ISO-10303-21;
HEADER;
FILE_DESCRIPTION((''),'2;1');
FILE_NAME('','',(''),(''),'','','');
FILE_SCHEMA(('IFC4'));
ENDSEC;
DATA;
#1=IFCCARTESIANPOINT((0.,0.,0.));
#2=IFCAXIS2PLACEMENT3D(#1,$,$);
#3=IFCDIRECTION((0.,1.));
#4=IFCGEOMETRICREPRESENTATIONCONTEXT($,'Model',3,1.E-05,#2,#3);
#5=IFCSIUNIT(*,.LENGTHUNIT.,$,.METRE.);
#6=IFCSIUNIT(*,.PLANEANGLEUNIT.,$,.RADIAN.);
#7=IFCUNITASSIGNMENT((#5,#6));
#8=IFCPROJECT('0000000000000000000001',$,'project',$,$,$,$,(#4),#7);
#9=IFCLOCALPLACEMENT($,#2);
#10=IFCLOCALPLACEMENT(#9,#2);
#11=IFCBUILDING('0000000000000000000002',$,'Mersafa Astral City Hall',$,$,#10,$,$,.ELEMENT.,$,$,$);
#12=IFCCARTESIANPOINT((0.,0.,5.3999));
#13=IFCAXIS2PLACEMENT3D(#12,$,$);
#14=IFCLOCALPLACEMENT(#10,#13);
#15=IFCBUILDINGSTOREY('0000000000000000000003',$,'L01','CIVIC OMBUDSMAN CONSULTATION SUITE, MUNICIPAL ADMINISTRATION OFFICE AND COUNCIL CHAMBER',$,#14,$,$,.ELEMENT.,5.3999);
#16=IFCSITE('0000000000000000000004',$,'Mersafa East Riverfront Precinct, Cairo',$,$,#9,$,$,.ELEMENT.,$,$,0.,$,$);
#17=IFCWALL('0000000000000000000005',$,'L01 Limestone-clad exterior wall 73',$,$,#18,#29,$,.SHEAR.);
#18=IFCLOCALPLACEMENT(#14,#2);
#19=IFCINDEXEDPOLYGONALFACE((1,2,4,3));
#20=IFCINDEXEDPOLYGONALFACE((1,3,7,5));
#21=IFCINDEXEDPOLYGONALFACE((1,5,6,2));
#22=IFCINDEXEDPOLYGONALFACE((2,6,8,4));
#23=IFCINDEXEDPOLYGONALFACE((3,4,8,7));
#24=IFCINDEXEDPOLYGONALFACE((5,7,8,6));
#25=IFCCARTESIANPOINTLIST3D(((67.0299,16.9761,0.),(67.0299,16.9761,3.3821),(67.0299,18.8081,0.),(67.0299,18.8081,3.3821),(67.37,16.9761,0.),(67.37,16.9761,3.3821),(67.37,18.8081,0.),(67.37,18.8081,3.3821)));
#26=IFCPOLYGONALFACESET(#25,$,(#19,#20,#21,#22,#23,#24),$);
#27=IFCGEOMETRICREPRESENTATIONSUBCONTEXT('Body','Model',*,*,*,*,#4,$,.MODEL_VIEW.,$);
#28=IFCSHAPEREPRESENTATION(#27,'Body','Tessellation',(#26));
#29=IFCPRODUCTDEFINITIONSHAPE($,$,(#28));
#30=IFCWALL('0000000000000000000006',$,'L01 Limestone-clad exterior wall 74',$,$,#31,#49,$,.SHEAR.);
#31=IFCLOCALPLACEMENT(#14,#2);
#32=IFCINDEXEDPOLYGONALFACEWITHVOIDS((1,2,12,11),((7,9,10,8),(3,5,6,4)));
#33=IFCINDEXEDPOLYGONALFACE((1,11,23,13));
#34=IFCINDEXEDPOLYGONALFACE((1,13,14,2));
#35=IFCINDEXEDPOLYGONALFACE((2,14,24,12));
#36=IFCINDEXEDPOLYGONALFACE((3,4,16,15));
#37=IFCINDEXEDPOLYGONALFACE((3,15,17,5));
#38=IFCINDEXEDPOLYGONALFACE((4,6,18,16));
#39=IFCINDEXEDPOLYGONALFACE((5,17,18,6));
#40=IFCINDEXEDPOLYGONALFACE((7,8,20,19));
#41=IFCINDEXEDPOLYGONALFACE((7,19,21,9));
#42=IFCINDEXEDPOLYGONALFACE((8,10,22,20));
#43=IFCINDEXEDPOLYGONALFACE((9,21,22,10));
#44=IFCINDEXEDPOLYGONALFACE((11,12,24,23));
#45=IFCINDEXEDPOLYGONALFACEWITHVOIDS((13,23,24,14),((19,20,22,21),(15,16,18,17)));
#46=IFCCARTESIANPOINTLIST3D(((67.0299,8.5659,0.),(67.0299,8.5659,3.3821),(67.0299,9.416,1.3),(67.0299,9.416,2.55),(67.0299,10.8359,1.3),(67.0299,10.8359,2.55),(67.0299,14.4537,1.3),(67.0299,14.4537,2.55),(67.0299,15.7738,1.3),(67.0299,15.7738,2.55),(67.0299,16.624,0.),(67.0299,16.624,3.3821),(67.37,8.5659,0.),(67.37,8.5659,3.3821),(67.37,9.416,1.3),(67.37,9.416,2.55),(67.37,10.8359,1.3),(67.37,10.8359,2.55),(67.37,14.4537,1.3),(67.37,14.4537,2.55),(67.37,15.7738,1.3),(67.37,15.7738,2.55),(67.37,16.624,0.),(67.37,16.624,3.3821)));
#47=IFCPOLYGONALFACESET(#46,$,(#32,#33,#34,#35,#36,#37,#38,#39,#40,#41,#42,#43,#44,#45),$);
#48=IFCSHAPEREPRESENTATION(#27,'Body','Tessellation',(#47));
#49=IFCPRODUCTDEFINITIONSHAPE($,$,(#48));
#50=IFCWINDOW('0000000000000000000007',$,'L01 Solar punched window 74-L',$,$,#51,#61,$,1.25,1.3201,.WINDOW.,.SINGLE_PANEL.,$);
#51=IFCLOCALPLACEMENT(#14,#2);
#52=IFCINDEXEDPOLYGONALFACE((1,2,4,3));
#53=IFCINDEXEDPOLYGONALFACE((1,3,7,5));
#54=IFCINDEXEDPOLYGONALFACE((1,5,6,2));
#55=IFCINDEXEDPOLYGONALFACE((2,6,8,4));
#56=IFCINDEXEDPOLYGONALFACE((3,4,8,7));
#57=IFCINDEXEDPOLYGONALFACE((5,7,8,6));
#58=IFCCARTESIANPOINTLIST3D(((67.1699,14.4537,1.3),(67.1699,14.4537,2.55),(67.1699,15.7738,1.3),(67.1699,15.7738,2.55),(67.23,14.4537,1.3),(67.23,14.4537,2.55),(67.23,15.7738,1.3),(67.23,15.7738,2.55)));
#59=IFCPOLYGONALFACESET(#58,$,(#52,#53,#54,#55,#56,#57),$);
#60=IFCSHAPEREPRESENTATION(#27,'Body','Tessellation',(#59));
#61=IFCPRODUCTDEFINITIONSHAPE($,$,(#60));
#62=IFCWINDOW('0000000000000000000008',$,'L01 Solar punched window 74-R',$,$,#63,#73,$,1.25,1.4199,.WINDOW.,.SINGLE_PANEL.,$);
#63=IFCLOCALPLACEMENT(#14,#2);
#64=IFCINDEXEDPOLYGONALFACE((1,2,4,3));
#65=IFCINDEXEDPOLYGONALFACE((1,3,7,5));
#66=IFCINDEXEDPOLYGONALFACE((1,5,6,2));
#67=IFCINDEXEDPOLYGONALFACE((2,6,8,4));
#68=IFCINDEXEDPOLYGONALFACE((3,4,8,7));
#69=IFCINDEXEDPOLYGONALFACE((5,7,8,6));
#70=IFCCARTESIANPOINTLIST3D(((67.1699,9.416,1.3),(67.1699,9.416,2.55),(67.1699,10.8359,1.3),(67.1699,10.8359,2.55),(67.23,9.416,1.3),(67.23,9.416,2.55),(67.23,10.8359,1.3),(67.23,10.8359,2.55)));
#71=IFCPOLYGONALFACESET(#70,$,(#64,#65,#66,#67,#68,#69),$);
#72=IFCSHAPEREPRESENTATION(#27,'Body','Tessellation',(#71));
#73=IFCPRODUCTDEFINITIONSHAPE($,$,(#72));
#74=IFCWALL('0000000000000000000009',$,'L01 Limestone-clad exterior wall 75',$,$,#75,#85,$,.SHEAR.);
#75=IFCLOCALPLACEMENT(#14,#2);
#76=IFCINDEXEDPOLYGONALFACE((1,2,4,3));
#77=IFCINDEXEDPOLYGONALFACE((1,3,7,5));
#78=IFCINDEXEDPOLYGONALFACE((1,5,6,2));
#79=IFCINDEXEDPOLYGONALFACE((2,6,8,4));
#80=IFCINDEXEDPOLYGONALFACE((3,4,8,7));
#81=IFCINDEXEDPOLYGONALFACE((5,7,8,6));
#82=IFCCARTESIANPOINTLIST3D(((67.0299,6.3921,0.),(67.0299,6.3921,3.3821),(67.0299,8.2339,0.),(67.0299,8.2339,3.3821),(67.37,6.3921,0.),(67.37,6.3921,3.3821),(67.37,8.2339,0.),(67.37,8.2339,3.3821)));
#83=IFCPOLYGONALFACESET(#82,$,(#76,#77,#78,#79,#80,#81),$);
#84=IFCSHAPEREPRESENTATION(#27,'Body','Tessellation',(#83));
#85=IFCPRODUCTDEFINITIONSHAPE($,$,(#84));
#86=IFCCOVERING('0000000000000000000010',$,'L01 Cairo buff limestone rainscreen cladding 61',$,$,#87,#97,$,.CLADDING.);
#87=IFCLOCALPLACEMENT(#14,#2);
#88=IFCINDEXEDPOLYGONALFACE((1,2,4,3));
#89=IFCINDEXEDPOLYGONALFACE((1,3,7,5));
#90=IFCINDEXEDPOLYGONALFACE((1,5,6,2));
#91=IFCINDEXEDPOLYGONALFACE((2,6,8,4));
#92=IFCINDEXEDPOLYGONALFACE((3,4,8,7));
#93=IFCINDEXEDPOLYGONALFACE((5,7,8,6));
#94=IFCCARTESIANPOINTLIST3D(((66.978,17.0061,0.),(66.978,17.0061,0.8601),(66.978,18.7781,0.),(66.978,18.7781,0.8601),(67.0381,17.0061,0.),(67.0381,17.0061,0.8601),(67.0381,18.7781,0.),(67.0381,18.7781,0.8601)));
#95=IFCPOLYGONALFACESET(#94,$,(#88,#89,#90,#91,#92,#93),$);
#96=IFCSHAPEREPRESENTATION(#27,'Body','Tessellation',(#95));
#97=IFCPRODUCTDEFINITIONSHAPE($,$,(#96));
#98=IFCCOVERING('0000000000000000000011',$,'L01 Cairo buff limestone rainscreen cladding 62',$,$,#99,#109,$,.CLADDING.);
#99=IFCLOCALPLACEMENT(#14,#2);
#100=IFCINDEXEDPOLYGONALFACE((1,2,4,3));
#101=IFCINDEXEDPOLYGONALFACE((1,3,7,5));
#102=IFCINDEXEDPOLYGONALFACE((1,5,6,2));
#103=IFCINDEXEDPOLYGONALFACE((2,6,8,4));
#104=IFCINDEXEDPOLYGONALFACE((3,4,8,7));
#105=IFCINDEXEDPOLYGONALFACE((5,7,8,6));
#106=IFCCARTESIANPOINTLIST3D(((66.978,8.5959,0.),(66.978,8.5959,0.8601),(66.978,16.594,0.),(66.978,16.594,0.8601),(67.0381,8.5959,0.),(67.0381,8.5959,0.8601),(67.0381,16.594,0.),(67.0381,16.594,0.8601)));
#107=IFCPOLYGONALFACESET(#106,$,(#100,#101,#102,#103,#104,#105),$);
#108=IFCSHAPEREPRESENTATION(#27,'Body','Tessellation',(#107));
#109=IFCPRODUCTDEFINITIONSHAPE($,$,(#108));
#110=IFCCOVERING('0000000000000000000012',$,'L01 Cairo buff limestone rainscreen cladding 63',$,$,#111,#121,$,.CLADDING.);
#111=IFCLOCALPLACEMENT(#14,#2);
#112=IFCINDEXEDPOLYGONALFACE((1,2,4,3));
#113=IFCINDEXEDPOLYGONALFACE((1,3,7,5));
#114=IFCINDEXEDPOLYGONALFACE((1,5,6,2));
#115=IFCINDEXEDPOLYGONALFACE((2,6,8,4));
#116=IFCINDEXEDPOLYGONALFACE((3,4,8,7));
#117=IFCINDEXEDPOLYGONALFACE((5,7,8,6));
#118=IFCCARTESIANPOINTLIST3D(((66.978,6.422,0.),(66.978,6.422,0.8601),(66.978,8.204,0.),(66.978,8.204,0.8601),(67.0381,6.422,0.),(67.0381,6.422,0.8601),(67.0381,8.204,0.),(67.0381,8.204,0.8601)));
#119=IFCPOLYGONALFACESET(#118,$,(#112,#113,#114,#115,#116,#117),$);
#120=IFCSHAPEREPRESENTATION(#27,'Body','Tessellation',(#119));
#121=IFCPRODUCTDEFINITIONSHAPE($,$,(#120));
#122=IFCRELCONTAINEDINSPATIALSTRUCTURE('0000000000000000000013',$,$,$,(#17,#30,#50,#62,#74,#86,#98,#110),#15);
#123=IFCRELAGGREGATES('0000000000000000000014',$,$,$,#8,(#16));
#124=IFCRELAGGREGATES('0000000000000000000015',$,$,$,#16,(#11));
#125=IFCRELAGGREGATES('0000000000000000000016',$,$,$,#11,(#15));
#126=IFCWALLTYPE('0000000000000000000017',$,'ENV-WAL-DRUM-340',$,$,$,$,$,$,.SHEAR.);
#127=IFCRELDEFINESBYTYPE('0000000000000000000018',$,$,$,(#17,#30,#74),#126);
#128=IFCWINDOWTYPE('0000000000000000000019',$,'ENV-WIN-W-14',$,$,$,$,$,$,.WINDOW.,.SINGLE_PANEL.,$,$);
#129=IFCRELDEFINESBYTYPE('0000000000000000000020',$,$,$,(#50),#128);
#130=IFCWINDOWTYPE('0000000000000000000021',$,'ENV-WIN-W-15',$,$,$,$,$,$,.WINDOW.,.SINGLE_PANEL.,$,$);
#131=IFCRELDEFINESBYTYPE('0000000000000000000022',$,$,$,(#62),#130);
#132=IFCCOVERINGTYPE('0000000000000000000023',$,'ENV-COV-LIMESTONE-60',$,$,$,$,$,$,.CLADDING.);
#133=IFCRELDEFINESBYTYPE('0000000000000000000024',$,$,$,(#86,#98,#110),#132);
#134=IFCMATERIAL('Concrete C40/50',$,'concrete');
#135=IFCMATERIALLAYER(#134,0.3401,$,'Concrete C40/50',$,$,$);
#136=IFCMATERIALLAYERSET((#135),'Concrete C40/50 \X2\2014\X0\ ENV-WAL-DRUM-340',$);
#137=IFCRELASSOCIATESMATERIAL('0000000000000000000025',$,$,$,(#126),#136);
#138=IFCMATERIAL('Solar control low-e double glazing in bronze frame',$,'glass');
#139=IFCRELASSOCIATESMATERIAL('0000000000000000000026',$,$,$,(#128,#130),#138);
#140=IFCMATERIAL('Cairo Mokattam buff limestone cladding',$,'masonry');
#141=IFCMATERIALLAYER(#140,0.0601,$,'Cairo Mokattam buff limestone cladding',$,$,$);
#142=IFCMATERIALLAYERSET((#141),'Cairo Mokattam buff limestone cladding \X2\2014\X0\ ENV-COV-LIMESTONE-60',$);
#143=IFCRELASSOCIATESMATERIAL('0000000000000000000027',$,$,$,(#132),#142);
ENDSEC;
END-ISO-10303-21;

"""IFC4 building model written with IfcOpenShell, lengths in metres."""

from ifc_helpers import new_model, si_unit, direction, frame, frame_2d, origin, origin_2d, place, context, subcontext, project, spatial, rectangle, extrude, material, layer, layer_set, type_object, element, fill, save


model = new_model("IFC4")

# Units and contexts
model_context = context("Model", 3, precision=1e-05, world=origin(), true_north=direction((0.0, 1.0)))
body_context = subcontext(model_context, "Body", "Model", "MODEL_VIEW")
ifc_project = project(units=[si_unit("LENGTHUNIT", "METRE"), si_unit("PLANEANGLEUNIT", "RADIAN")], contexts=[model_context])

# Site, building, storey
site_placement = place(None, origin())
site = spatial("IfcSite", under=ifc_project, at=site_placement, Name="Mersafa East Riverfront Precinct, Cairo", CompositionType="ELEMENT", RefElevation=0.0)
building_placement = place(site_placement, origin())
building = spatial("IfcBuilding", under=site, at=building_placement, Name="Mersafa Astral City Hall", CompositionType="ELEMENT")
storey_placement = place(building_placement, frame((0.0, 0.0, 5.3999)))
storey = spatial("IfcBuildingStorey", under=building, at=storey_placement, Name="L01", Description="CIVIC OMBUDSMAN CONSULTATION SUITE, MUNICIPAL ADMINISTRATION OFFICE AND COUNCIL CHAMBER", CompositionType="ELEMENT", Elevation=5.3999)

# Shared definitions
ifc_material_1 = material(Name="Concrete C40/50", Category="concrete")

# Wall
ifc_layer_1 = layer(ifc_material_1, 0.3401, Name="Concrete C40/50")
ifc_layer_set_1 = layer_set([ifc_layer_1], Name="Concrete C40/50 — ENV-WAL-DRUM-340")
wall_type = type_object("IfcWallType", Name="ENV-WAL-DRUM-340", PredefinedType="SHEAR", material=ifc_layer_set_1)
wall_1_placement = place(storey_placement, frame((67.2, 18.8081, 0.0), z_axis=(0.0, 0.0, 1.0), x_axis=(0.0, -1.0, 0.0)))
element("IfcWall", 1, at=wall_1_placement, inside=storey, type_object=wall_type, Name="L01 Limestone-clad exterior wall 73", PredefinedType="SHEAR", context=body_context, shape_type="SweptSolid", body=[
    extrude(rectangle(XDim=1.832, YDim=0.3401, at=frame_2d((0.916, 0.0))), origin(), (0.0, 0.0, 1.0), 3.3821),
])

# Wall, openings, windows
wall_2_placement = place(storey_placement, frame((67.2, 16.624, 0.0), z_axis=(0.0, 0.0, 1.0), x_axis=(0.0, -1.0, 0.0)))
wall_2 = element("IfcWall", 2, at=wall_2_placement, inside=storey, type_object=wall_type, Name="L01 Limestone-clad exterior wall 74", PredefinedType="SHEAR", context=body_context, shape_type="SweptSolid", body=[
    extrude(rectangle(XDim=8.0581, YDim=0.3401, at=frame_2d((4.0291, 0.0))), origin(), (0.0, 0.0, 1.0), 3.3821),
])
opening_1_placement = place(wall_2_placement, frame((0.8501, 0.0, 1.3)))
opening_1 = element("IfcOpeningElement", 3, at=opening_1_placement, cuts=wall_2, PredefinedType="OPENING", context=body_context, shape_type="SweptSolid", body=[
    extrude(rectangle(XDim=1.3201, YDim=1.25, at=frame_2d((0.6602, 0.625))), frame((0.0, 0.1799, 0.0), z_axis=(0.0, -1.0, 0.0), x_axis=(1.0, 0.0, 0.0)), (0.0, 0.0, 1.0), 0.3601),
])
opening_2_placement = place(wall_2_placement, frame((5.7881, 0.0, 1.3)))
opening_2 = element("IfcOpeningElement", 4, at=opening_2_placement, cuts=wall_2, PredefinedType="OPENING", context=body_context, shape_type="SweptSolid", body=[
    extrude(rectangle(XDim=1.4199, YDim=1.25, at=frame_2d((0.71, 0.625))), frame((0.0, 0.1799, 0.0), z_axis=(0.0, -1.0, 0.0), x_axis=(1.0, 0.0, 0.0)), (0.0, 0.0, 1.0), 0.3601),
])
ifc_material_2 = material(Name="Solar control low-e double glazing in bronze frame", Category="glass")
window_type_1 = type_object("IfcWindowType", Name="ENV-WIN-W-14", PartitioningType="SINGLE_PANEL", PredefinedType="WINDOW", material=ifc_material_2)
window_1_placement = place(opening_1_placement, origin())
window_1 = element("IfcWindow", 5, at=window_1_placement, inside=storey, type_object=window_type_1, Name="L01 Solar punched window 74-L", OverallHeight=1.25, OverallWidth=1.3201, PartitioningType="SINGLE_PANEL", PredefinedType="WINDOW", context=body_context, shape_type="SweptSolid", body=[
    extrude(rectangle(XDim=1.3201, YDim=1.25, at=frame_2d((0.6602, 0.625))), frame((0.0, 0.03, 0.0), z_axis=(0.0, -1.0, 0.0), x_axis=(1.0, 0.0, 0.0)), (0.0, 0.0, 1.0), 0.0601),
])
fill(opening_1, window_1)
window_type_2 = type_object("IfcWindowType", Name="ENV-WIN-W-15", PartitioningType="SINGLE_PANEL", PredefinedType="WINDOW", material=ifc_material_2)
window_2_placement = place(opening_2_placement, origin())
window_2 = element("IfcWindow", 6, at=window_2_placement, inside=storey, type_object=window_type_2, Name="L01 Solar punched window 74-R", OverallHeight=1.25, OverallWidth=1.4199, PartitioningType="SINGLE_PANEL", PredefinedType="WINDOW", context=body_context, shape_type="SweptSolid", body=[
    extrude(rectangle(XDim=1.4199, YDim=1.25, at=frame_2d((0.71, 0.625))), frame((0.0, 0.03, 0.0), z_axis=(0.0, -1.0, 0.0), x_axis=(1.0, 0.0, 0.0)), (0.0, 0.0, 1.0), 0.0601),
])
fill(opening_2, window_2)

# Wall
wall_3_placement = place(storey_placement, frame((67.2, 8.2339, 0.0), z_axis=(0.0, 0.0, 1.0), x_axis=(0.0, -1.0, 0.0)))
element("IfcWall", 7, at=wall_3_placement, inside=storey, type_object=wall_type, Name="L01 Limestone-clad exterior wall 75", PredefinedType="SHEAR", context=body_context, shape_type="SweptSolid", body=[
    extrude(rectangle(XDim=1.8418, YDim=0.3401, at=frame_2d((0.9209, 0.0))), origin(), (0.0, 0.0, 1.0), 3.3821),
])

# Coverings
ifc_material_3 = material(Name="Cairo Mokattam buff limestone cladding", Category="masonry")
ifc_layer_2 = layer(ifc_material_3, 0.0601, Name="Cairo Mokattam buff limestone cladding")
ifc_layer_set_2 = layer_set([ifc_layer_2], Name="Cairo Mokattam buff limestone cladding — ENV-COV-LIMESTONE-60")
covering_type = type_object("IfcCoveringType", Name="ENV-COV-LIMESTONE-60", PredefinedType="CLADDING", material=ifc_layer_set_2)
covering_1_placement = place(storey_placement, frame((67.0081, 17.8921, 0.0), z_axis=(0.0, 0.0, 1.0), x_axis=(0.0, -1.0, 0.0)))
element("IfcCovering", 8, at=covering_1_placement, inside=storey, type_object=covering_type, Name="L01 Cairo buff limestone rainscreen cladding 61", PredefinedType="CLADDING", context=body_context, shape_type="SweptSolid", body=[
    extrude(rectangle(XDim=1.772, YDim=0.0601, at=origin_2d()), origin(), (0.0, 0.0, 1.0), 0.8601),
])
covering_2_placement = place(storey_placement, frame((67.0081, 12.595, 0.0), z_axis=(0.0, 0.0, 1.0), x_axis=(0.0, -1.0, 0.0)))
element("IfcCovering", 9, at=covering_2_placement, inside=storey, type_object=covering_type, Name="L01 Cairo buff limestone rainscreen cladding 62", PredefinedType="CLADDING", context=body_context, shape_type="SweptSolid", body=[
    extrude(rectangle(XDim=7.998, YDim=0.0601, at=origin_2d()), origin(), (0.0, 0.0, 1.0), 0.8601),
])
covering_3_placement = place(storey_placement, frame((67.0081, 7.313, 0.0), z_axis=(0.0, 0.0, 1.0), x_axis=(0.0, -1.0, 0.0)))
element("IfcCovering", 10, at=covering_3_placement, inside=storey, type_object=covering_type, Name="L01 Cairo buff limestone rainscreen cladding 63", PredefinedType="CLADDING", context=body_context, shape_type="SweptSolid", body=[
    extrude(rectangle(XDim=1.782, YDim=0.0601, at=origin_2d()), origin(), (0.0, 0.0, 1.0), 0.8601),
])

save(model, "model.ifc")
